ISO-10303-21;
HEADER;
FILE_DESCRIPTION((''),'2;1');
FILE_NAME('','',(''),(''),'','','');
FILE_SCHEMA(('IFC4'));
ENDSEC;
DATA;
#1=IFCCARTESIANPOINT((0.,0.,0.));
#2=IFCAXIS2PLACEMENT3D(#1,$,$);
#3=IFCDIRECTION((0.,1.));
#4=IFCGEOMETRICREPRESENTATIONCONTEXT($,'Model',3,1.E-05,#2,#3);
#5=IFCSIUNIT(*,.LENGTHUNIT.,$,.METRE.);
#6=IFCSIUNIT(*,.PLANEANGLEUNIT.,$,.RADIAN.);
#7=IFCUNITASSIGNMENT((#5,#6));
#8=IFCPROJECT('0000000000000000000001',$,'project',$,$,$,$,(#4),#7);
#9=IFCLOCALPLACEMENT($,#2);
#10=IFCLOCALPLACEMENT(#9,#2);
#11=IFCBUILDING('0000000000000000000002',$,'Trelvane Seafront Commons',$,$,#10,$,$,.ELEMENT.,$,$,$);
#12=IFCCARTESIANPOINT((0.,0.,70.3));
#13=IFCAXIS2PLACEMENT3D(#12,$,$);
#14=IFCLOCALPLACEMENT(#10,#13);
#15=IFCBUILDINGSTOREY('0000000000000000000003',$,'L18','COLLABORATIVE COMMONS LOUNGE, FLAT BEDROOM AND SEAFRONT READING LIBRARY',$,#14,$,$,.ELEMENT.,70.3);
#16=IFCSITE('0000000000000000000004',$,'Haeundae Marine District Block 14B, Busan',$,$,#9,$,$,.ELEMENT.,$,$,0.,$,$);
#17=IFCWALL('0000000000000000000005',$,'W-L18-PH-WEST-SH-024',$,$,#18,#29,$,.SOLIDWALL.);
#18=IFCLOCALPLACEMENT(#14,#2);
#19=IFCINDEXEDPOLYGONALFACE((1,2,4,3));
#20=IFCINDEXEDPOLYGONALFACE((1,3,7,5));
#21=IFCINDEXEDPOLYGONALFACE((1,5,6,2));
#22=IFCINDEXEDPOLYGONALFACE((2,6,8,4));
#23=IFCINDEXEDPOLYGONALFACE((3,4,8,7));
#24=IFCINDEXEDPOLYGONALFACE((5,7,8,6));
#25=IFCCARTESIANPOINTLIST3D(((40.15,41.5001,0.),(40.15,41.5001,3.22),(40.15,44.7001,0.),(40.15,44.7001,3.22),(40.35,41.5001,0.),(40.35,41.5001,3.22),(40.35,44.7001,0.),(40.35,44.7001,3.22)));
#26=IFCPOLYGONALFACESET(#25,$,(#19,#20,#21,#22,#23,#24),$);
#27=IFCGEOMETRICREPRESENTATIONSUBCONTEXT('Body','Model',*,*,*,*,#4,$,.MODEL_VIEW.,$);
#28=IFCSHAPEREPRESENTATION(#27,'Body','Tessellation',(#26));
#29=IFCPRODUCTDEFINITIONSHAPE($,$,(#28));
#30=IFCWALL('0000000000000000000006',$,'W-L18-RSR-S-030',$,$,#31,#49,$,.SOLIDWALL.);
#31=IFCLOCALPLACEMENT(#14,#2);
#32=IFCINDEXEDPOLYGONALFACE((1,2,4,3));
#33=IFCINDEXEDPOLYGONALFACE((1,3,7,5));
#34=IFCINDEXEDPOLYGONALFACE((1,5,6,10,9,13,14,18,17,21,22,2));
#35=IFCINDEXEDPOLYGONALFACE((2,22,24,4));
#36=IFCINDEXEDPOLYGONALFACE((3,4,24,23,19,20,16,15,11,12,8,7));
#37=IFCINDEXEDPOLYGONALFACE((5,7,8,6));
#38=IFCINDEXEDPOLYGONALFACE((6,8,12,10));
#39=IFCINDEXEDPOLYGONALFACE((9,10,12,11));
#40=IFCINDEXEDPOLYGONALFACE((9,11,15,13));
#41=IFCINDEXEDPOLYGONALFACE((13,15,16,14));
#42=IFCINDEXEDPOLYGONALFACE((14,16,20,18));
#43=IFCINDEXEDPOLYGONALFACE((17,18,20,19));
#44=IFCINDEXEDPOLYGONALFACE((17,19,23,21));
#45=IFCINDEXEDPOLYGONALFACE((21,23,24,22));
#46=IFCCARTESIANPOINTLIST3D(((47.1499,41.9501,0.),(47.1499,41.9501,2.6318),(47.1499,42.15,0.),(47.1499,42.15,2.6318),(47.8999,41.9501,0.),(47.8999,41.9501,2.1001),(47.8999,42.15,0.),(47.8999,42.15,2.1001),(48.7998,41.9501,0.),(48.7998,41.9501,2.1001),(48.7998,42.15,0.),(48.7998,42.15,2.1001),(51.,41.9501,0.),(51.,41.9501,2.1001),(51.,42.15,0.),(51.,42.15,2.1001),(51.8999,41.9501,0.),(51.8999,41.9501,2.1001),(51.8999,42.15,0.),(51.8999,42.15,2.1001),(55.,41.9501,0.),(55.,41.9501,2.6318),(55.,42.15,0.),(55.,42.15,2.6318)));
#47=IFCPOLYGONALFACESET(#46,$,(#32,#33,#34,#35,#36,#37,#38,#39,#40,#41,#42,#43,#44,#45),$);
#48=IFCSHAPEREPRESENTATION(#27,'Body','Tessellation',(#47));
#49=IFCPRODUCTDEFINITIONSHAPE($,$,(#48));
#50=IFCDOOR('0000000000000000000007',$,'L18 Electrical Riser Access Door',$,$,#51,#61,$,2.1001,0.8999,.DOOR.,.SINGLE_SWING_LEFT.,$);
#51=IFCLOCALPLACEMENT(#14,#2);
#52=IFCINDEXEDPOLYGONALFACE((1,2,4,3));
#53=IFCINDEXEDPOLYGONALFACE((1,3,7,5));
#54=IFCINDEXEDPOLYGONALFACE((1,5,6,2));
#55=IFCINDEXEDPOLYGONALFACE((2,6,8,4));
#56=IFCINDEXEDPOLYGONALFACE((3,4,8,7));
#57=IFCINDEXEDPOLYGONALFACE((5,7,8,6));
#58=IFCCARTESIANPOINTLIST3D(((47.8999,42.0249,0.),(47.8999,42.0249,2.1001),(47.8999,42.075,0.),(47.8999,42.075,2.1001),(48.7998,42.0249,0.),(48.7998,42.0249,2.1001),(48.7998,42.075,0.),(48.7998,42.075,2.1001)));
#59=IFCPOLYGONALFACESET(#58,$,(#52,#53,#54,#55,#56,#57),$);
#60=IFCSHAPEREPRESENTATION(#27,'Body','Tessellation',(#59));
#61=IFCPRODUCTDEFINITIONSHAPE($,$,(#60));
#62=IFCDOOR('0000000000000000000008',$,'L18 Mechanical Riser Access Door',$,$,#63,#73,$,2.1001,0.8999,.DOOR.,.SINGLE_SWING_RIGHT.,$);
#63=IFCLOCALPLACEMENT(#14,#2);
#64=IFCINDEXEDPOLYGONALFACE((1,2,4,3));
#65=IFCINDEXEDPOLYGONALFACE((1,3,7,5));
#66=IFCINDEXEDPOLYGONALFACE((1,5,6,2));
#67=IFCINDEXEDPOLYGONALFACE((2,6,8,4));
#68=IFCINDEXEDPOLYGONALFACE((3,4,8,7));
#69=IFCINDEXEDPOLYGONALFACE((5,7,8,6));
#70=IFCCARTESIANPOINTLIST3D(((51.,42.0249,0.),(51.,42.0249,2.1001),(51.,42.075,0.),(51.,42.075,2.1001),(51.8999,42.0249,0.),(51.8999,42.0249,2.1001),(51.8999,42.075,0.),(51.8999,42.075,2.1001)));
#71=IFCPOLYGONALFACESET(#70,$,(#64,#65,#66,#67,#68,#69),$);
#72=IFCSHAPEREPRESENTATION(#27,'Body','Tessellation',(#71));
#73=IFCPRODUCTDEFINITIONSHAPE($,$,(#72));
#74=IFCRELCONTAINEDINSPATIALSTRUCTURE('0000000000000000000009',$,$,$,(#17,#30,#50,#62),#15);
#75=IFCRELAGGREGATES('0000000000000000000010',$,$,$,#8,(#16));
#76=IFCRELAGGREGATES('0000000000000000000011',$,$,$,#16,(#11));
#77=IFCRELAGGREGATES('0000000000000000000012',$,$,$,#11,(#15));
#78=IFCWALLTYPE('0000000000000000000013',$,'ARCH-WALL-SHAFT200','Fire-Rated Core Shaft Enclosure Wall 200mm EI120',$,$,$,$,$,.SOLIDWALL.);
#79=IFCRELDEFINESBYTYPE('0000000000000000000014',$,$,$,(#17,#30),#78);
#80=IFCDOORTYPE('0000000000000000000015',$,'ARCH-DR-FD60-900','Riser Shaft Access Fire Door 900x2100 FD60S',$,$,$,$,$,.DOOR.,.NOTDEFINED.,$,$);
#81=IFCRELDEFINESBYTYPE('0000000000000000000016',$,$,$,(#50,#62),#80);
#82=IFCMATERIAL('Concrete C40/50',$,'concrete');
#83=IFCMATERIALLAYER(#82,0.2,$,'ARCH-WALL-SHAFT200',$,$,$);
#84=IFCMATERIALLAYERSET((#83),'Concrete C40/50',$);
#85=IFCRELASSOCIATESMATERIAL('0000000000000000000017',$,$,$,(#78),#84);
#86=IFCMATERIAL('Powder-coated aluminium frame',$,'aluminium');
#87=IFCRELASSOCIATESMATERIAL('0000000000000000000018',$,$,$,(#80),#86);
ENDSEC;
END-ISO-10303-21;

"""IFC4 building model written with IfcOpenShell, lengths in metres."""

from ifc_helpers import new_model, si_unit, direction, frame, frame_2d, origin, place, context, subcontext, project, spatial, rectangle, extrude, source, transform, mapped, material, layer, layer_set, type_object, element, fill, save


model = new_model("IFC4")

# Units and contexts
model_context = context("Model", 3, precision=1e-05, world=origin(), true_north=direction((0.0, 1.0)))
body_context = subcontext(model_context, "Body", "Model", "MODEL_VIEW")
ifc_project = project(units=[si_unit("LENGTHUNIT", "METRE"), si_unit("PLANEANGLEUNIT", "RADIAN")], contexts=[model_context])

# Site, building, storey
site_placement = place(None, origin())
site = spatial("IfcSite", under=ifc_project, at=site_placement, Name="Haeundae Marine District Block 14B, Busan", CompositionType="ELEMENT", RefElevation=0.0)
building_placement = place(site_placement, origin())
building = spatial("IfcBuilding", under=site, at=building_placement, Name="Trelvane Seafront Commons", CompositionType="ELEMENT")
storey_placement = place(building_placement, frame((0.0, 0.0, 70.3)))
storey = spatial("IfcBuildingStorey", under=building, at=storey_placement, Name="L18", Description="COLLABORATIVE COMMONS LOUNGE, FLAT BEDROOM AND SEAFRONT READING LIBRARY", CompositionType="ELEMENT", Elevation=70.3)

# Wall
ifc_material_1 = material(Name="Concrete C40/50", Category="concrete")
ifc_layer_1 = layer(ifc_material_1, 0.2, Name="ARCH-WALL-SHAFT200")
ifc_layer_set_1 = layer_set([ifc_layer_1], Name="Concrete C40/50")
wall_type_1 = type_object("IfcWallType", Name="ARCH-WALL-SHAFT200", Description="Fire-Rated Core Shaft Enclosure Wall 200mm EI120", PredefinedType="SOLIDWALL", material=ifc_layer_set_1)
wall_1_placement = place(storey_placement, frame((40.25, 41.5, 0.0), z_axis=(0.0, 0.0, 1.0), x_axis=(0.0, 1.0, 0.0)))
element("IfcWall", 1, at=wall_1_placement, inside=storey, type_object=wall_type_1, Name="W-L18-PH-WEST-SH-024", PredefinedType="SOLIDWALL", context=body_context, shape_type="SweptSolid", body=[
    extrude(rectangle(XDim=3.2, YDim=0.2, at=frame_2d((1.6001, 0.0))), origin(), (0.0, 0.0, 1.0), 3.22),
])

# Wall, openings, doors
wall_2_placement = place(storey_placement, frame((47.1499, 42.05, 0.0), z_axis=(0.0, 0.0, 1.0), x_axis=(1.0, 0.0, 0.0)))
wall_2 = element("IfcWall", 2, at=wall_2_placement, inside=storey, type_object=wall_type_1, Name="W-L18-RSR-S-030", PredefinedType="SOLIDWALL", context=body_context, shape_type="SweptSolid", body=[
    extrude(rectangle(XDim=7.8501, YDim=0.2, at=frame_2d((3.925, 0.0))), origin(), (0.0, 0.0, 1.0), 2.6318),
])
opening_1_placement = place(wall_2_placement, frame((0.75, 0.0, 0.0)))
opening_1 = element("IfcOpeningElement", 3, at=opening_1_placement, cuts=wall_2, PredefinedType="OPENING", context=body_context, shape_type="SweptSolid", body=[
    extrude(rectangle(XDim=0.8999, YDim=2.1001, at=frame_2d((0.45, 1.05))), frame((0.0, 0.1099, 0.0), z_axis=(0.0, -1.0, 0.0), x_axis=(1.0, 0.0, 0.0)), (0.0, 0.0, 1.0), 0.22),
])
opening_2_placement = place(wall_2_placement, frame((3.8501, 0.0, 0.0)))
opening_2 = element("IfcOpeningElement", 4, at=opening_2_placement, cuts=wall_2, PredefinedType="OPENING", context=body_context, shape_type="SweptSolid", body=[
    extrude(rectangle(XDim=0.8999, YDim=2.1001, at=frame_2d((0.45, 1.05))), frame((0.0, 0.1099, 0.0), z_axis=(0.0, -1.0, 0.0), x_axis=(1.0, 0.0, 0.0)), (0.0, 0.0, 1.0), 0.22),
])
ifc_material_2 = material(Name="Powder-coated aluminium frame", Category="aluminium")
door_type = type_object("IfcDoorType", Name="ARCH-DR-FD60-900", Description="Riser Shaft Access Fire Door 900x2100 FD60S", OperationType="NOTDEFINED", PredefinedType="DOOR", material=ifc_material_2)
shared_shape_1 = source(origin(), body_context, "Body", "SweptSolid", [
    extrude(rectangle(XDim=0.8999, YDim=2.1001, at=frame_2d((0.45, 1.05))), frame((0.0, 0.0249, 0.0), z_axis=(0.0, -1.0, 0.0), x_axis=(1.0, 0.0, 0.0)), (0.0, 0.0, 1.0), 0.05),
])
door_1_placement = place(opening_1_placement, origin())
door_1 = element("IfcDoor", 5, at=door_1_placement, inside=storey, type_object=door_type, Name="L18 Electrical Riser Access Door", OperationType="SINGLE_SWING_LEFT", OverallHeight=2.1001, OverallWidth=0.8999, PredefinedType="DOOR", context=body_context, shape_type="MappedRepresentation", body=[
    mapped(shared_shape_1, transform((0.0, 0.0, 0.0), x_axis=(1.0, 0.0, 0.0), y_axis=(0.0, 1.0, 0.0), z_axis=(0.0, 0.0, 1.0), scale=1.0)),
])
fill(opening_1, door_1)
door_2_placement = place(opening_2_placement, origin())
door_2 = element("IfcDoor", 6, at=door_2_placement, inside=storey, type_object=door_type, Name="L18 Mechanical Riser Access Door", OperationType="SINGLE_SWING_RIGHT", OverallHeight=2.1001, OverallWidth=0.8999, PredefinedType="DOOR", context=body_context, shape_type="MappedRepresentation", body=[
    mapped(shared_shape_1, transform((0.0, 0.0, 0.0), x_axis=(1.0, 0.0, 0.0), y_axis=(0.0, 1.0, 0.0), z_axis=(0.0, 0.0, 1.0), scale=1.0)),
])
fill(opening_2, door_2)

save(model, "model.ifc")
